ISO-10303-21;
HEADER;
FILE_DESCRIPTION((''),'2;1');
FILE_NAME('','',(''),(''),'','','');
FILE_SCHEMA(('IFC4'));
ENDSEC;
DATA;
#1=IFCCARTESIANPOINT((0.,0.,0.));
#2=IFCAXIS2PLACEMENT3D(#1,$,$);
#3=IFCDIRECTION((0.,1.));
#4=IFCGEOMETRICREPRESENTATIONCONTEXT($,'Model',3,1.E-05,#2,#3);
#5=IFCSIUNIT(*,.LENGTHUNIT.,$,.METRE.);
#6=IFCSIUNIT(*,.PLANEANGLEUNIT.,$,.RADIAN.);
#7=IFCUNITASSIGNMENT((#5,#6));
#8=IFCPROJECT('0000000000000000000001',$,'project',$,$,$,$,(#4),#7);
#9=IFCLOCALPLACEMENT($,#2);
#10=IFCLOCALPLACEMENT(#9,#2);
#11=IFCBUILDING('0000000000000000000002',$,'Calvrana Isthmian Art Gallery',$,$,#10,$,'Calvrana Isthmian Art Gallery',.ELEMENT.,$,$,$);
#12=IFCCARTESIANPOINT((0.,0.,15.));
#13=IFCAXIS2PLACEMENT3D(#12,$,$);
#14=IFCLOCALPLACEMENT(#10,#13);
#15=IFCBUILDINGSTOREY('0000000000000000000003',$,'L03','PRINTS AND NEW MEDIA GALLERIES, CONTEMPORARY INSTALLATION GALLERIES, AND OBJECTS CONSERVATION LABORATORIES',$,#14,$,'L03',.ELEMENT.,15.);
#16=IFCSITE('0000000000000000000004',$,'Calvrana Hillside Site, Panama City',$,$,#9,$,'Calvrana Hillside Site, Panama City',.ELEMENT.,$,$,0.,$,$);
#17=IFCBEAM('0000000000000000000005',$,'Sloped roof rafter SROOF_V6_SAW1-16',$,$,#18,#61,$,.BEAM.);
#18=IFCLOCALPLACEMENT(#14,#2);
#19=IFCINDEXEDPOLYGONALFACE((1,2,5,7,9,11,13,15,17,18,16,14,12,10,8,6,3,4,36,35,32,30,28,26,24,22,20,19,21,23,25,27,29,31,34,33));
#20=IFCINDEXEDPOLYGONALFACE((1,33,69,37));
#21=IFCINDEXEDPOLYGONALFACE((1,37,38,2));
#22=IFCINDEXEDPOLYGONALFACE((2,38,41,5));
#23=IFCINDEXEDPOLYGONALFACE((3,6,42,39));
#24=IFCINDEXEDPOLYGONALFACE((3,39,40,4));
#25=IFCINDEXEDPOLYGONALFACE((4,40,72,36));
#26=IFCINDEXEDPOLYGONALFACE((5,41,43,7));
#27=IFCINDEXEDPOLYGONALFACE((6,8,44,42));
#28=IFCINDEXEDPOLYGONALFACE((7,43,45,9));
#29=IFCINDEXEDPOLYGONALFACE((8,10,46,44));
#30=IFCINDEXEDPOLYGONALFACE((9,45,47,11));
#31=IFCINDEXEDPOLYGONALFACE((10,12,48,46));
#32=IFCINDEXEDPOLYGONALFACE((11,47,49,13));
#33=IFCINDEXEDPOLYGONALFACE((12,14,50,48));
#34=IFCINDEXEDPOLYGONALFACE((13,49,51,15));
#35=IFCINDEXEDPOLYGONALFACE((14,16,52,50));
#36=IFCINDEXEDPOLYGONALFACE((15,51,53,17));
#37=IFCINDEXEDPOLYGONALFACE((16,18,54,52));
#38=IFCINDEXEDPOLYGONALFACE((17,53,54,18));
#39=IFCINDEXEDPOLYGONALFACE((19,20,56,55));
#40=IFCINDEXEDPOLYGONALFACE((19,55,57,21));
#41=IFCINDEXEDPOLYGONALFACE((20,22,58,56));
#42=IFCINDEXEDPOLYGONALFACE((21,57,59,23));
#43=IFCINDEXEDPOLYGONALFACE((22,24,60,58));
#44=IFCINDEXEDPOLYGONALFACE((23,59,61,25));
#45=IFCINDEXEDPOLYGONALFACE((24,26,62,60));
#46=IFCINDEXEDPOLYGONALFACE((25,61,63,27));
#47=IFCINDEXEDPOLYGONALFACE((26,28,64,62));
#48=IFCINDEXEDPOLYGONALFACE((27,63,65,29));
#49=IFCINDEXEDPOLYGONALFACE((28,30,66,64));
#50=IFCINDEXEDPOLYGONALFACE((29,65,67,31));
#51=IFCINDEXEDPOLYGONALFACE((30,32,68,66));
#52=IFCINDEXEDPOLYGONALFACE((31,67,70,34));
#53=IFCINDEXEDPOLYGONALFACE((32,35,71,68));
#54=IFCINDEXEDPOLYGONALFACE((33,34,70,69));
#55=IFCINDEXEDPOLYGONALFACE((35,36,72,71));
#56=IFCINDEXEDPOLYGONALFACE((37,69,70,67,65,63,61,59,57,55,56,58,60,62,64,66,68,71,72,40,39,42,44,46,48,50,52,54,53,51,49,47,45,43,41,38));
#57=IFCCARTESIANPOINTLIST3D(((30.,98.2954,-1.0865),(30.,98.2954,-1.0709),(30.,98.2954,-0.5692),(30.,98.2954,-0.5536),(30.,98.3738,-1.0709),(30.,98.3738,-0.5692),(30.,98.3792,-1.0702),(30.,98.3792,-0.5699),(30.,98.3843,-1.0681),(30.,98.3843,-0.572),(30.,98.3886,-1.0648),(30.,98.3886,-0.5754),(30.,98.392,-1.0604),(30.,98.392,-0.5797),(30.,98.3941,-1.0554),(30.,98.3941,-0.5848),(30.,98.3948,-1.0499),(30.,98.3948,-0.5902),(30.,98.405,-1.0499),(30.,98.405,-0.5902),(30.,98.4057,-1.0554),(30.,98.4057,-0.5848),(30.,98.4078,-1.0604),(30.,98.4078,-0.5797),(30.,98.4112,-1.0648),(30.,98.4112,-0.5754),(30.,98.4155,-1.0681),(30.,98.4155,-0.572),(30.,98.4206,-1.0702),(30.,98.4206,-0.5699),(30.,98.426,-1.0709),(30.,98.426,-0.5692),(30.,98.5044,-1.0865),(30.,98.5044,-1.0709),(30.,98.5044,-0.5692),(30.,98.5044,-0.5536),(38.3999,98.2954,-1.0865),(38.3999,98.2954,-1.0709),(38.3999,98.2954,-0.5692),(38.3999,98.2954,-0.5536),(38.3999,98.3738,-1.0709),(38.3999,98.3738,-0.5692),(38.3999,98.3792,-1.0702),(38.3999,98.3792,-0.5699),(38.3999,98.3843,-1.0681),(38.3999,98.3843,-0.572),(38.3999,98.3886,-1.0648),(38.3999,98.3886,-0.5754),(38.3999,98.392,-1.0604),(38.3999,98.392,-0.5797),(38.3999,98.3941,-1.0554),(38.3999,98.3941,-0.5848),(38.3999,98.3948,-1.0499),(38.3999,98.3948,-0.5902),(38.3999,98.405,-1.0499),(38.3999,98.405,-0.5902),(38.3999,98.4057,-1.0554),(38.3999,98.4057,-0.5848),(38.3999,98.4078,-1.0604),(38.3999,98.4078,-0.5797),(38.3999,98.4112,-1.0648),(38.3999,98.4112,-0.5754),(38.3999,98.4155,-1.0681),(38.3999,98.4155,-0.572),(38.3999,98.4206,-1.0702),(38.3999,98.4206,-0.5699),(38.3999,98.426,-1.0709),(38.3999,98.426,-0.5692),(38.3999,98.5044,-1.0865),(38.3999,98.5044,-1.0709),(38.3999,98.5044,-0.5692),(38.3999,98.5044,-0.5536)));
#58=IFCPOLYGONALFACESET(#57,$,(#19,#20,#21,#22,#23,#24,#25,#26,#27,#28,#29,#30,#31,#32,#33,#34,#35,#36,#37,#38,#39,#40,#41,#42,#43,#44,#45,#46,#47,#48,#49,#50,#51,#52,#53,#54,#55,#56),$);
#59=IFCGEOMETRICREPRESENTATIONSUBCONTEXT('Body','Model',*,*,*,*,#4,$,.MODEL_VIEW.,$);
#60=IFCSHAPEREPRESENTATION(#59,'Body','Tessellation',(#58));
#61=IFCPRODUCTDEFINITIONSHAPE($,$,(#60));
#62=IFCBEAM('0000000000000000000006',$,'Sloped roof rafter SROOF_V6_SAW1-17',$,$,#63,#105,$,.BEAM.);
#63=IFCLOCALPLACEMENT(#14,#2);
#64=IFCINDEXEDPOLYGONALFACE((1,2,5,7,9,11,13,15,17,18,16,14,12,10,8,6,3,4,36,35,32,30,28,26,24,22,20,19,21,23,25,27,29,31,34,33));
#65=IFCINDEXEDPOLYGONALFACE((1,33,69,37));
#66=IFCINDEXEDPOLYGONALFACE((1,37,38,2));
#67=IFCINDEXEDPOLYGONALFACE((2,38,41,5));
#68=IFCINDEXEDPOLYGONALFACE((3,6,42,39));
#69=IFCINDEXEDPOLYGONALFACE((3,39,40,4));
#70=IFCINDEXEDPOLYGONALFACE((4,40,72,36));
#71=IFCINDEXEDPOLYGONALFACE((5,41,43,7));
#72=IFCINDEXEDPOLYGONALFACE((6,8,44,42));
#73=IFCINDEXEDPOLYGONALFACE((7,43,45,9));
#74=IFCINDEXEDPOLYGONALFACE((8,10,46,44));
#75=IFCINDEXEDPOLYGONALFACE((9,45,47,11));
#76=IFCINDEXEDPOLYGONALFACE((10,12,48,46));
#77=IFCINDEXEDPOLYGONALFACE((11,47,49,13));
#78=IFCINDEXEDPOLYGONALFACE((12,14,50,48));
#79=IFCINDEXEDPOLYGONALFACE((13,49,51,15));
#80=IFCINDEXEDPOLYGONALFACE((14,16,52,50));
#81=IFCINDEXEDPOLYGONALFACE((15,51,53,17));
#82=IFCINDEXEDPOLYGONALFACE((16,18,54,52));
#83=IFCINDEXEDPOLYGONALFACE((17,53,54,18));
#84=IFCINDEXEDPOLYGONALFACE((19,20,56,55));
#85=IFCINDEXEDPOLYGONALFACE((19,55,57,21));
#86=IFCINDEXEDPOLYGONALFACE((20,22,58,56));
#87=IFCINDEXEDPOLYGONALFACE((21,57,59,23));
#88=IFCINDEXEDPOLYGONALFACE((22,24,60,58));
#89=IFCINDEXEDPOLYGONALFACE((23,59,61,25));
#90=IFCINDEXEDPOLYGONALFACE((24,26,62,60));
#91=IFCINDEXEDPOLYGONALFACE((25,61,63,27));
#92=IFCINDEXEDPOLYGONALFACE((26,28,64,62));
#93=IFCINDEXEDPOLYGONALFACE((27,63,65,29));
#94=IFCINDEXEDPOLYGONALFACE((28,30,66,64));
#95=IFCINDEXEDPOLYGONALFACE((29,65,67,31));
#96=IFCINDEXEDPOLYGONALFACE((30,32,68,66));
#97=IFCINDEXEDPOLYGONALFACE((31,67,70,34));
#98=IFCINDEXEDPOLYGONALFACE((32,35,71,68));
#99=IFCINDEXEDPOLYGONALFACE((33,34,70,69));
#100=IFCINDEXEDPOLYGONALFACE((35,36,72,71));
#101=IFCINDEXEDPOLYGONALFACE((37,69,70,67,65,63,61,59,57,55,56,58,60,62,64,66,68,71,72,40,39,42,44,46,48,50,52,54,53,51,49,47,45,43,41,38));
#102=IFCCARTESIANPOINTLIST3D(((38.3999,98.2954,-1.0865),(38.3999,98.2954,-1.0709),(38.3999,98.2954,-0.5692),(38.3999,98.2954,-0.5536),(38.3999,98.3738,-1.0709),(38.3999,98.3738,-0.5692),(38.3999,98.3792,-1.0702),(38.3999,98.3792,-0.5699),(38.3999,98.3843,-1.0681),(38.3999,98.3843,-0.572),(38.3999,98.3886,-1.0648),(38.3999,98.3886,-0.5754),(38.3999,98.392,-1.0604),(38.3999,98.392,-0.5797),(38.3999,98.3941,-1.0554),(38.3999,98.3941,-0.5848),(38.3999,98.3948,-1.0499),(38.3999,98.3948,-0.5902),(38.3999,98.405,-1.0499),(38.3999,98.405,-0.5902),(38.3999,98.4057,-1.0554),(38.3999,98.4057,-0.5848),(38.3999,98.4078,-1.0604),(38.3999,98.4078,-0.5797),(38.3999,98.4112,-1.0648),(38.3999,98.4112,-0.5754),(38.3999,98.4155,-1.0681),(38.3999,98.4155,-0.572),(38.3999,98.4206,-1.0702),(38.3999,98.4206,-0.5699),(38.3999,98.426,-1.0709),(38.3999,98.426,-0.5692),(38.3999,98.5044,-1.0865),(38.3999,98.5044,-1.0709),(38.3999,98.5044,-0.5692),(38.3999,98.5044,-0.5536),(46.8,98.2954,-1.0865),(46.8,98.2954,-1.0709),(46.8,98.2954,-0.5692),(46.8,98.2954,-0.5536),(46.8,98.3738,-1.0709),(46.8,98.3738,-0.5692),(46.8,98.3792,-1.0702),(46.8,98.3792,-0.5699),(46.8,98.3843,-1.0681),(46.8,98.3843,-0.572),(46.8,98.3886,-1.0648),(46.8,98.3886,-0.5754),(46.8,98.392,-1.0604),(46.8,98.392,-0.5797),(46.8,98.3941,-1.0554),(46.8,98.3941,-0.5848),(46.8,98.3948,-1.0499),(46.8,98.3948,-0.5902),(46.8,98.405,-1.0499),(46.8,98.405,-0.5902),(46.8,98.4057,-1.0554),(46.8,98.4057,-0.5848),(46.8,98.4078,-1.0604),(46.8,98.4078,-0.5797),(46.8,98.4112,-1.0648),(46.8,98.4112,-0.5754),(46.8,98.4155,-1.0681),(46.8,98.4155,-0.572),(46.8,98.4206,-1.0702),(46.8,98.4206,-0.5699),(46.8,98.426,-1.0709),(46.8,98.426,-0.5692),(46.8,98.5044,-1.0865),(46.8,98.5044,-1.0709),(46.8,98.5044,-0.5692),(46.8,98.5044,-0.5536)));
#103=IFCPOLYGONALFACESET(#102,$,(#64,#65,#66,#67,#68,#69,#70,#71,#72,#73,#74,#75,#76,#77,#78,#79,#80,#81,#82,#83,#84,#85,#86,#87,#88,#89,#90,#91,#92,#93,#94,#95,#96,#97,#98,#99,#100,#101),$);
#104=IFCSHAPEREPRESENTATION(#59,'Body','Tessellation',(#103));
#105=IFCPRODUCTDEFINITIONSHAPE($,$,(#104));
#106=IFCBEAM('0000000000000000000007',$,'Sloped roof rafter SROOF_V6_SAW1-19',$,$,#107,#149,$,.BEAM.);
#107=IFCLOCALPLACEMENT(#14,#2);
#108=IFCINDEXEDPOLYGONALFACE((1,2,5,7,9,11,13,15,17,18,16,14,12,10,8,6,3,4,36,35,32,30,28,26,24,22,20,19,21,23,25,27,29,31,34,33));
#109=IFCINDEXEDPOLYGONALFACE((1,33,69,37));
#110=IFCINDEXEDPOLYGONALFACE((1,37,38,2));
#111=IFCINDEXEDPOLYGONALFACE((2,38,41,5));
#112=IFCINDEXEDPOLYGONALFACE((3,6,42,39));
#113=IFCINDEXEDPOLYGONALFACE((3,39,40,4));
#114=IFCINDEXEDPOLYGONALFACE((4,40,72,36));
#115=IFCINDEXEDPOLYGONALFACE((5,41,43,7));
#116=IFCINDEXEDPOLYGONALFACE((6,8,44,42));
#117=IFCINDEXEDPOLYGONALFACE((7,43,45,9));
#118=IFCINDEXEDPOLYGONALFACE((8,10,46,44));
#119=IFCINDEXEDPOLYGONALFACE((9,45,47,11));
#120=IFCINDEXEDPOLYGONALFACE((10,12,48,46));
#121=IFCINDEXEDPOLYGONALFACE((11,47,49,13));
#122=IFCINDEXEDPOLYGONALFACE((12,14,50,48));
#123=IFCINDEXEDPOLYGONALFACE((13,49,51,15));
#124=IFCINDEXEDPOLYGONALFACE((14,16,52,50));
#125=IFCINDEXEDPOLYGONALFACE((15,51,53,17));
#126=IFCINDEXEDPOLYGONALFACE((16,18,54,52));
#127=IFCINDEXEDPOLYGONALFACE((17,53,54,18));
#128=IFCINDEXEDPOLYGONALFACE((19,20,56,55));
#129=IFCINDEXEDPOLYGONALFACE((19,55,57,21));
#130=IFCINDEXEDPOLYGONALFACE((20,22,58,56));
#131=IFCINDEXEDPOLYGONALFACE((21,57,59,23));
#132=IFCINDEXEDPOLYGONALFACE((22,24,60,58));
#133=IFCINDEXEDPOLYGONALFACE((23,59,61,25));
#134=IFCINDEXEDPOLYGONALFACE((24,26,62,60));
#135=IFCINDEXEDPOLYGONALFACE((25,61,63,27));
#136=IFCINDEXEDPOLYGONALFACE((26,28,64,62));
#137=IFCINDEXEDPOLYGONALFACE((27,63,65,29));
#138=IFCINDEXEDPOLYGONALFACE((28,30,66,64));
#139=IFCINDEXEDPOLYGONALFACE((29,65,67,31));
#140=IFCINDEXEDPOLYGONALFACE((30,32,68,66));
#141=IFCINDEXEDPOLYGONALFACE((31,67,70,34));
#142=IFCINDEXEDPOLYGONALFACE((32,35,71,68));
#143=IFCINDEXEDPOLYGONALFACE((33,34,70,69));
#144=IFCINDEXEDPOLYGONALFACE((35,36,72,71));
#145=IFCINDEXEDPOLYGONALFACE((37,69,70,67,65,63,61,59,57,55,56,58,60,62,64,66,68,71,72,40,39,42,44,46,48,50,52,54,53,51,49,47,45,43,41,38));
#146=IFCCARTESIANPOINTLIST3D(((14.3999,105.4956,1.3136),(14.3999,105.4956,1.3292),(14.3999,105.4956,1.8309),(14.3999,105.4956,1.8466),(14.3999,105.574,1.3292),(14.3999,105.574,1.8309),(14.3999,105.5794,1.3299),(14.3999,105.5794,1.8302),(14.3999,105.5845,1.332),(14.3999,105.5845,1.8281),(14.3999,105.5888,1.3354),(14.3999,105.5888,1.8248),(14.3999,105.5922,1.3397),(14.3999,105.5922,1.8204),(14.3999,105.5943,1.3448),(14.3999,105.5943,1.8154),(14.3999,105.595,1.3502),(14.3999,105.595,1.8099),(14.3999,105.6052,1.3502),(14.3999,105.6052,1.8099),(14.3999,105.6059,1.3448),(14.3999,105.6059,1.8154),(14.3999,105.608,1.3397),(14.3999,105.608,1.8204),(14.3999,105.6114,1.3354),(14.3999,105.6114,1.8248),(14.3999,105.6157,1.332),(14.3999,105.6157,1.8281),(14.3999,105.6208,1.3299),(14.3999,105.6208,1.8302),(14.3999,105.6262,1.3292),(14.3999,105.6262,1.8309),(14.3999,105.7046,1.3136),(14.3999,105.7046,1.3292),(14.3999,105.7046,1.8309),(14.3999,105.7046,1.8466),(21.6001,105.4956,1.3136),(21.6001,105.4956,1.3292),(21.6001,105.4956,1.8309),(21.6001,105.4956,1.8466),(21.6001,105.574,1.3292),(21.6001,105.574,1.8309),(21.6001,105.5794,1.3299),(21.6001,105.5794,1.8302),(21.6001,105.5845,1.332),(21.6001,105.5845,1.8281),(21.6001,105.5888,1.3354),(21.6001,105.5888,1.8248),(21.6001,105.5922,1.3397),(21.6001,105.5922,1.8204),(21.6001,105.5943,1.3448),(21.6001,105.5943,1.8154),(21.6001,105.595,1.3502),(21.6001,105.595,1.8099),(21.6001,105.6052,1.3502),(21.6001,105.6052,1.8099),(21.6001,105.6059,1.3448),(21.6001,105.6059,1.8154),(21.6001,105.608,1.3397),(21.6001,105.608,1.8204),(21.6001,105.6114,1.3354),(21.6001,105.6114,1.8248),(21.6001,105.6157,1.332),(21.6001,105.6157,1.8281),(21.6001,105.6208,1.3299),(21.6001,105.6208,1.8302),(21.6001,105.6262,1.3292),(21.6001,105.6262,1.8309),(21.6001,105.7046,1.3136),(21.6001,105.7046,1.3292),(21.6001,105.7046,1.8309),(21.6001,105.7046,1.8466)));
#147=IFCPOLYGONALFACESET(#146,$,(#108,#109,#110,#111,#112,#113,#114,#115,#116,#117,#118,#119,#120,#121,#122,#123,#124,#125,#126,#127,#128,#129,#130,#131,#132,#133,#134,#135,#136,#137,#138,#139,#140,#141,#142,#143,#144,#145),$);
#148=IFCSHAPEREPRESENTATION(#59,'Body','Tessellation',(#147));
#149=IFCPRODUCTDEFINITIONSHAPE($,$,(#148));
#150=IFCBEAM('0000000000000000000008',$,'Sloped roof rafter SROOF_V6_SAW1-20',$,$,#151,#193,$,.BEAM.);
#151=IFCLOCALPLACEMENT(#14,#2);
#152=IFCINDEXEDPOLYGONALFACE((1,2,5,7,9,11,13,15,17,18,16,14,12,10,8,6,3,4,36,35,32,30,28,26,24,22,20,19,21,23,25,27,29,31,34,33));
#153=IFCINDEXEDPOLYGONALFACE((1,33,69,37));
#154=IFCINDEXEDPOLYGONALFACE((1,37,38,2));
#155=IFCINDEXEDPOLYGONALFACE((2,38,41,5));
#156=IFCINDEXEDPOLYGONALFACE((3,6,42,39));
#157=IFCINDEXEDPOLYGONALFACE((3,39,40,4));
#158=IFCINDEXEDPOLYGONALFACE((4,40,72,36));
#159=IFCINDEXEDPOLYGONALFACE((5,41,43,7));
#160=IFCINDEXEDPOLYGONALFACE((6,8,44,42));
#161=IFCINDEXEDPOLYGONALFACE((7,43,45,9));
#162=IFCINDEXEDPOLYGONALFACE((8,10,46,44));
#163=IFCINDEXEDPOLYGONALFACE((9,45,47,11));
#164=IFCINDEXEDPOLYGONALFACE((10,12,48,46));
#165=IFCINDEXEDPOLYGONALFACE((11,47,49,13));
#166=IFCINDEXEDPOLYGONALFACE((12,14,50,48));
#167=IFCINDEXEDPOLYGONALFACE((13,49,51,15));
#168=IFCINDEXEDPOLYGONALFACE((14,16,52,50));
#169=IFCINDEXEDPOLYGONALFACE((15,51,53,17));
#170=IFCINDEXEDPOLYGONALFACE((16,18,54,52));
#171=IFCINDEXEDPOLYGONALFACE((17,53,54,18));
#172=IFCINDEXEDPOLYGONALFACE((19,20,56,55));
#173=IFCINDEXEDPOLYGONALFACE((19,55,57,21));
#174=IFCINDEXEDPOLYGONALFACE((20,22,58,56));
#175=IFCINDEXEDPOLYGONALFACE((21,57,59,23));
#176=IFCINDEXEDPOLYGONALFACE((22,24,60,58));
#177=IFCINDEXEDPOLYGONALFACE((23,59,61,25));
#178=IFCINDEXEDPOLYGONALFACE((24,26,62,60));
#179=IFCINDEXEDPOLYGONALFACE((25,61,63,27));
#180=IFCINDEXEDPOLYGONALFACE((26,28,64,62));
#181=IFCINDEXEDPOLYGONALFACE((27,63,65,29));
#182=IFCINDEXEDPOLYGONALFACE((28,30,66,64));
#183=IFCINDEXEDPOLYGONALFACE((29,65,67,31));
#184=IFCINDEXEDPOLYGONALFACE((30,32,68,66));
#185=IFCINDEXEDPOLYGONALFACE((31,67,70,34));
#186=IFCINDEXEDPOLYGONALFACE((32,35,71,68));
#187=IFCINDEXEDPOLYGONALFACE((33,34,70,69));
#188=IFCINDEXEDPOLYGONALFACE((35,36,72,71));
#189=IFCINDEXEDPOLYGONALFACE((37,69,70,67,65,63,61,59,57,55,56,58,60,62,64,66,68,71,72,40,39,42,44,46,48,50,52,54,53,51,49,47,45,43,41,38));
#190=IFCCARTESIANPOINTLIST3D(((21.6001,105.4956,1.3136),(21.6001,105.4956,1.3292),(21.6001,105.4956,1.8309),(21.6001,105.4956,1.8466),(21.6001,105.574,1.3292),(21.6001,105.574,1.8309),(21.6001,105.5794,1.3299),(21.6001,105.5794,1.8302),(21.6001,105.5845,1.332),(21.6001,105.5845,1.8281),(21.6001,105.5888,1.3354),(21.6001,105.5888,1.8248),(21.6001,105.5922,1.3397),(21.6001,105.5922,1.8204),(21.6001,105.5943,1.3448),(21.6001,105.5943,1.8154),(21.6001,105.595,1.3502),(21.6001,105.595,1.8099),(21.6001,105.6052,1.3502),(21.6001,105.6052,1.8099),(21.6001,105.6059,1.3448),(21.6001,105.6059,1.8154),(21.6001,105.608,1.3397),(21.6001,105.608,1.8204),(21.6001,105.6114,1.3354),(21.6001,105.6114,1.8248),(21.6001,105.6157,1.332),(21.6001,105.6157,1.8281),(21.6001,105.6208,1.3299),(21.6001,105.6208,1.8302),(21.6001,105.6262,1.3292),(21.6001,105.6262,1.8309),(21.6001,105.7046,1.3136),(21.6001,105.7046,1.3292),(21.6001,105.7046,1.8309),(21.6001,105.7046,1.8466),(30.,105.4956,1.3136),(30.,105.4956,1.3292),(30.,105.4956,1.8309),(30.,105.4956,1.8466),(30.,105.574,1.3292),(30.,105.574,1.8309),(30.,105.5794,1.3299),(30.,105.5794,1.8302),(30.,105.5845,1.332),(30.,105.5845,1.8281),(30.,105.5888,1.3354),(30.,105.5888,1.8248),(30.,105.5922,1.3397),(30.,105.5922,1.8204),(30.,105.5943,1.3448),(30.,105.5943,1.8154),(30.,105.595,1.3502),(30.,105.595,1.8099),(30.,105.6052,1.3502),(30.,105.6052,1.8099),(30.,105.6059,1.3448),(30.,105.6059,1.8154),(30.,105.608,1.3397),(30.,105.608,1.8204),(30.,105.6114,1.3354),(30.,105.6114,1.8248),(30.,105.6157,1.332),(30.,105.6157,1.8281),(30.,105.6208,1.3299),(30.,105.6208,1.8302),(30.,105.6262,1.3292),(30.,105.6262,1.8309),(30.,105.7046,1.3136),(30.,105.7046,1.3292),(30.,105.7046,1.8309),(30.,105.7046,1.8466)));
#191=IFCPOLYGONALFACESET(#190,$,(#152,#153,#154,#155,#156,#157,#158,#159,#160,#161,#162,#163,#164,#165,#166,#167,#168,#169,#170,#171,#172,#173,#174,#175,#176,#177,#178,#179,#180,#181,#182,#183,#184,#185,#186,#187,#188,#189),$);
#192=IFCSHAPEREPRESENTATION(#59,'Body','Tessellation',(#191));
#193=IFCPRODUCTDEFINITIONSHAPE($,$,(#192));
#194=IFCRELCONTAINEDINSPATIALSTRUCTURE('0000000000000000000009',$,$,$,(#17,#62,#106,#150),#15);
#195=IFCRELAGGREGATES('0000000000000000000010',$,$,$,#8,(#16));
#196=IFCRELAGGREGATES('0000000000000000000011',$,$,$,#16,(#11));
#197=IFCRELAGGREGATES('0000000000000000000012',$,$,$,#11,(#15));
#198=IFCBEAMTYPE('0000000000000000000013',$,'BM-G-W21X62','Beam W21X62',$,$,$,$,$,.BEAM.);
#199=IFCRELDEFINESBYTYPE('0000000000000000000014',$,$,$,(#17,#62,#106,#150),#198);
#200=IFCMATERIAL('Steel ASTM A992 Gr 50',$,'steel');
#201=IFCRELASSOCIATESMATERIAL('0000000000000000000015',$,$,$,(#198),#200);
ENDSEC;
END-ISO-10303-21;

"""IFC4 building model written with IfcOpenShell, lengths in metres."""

from ifc_helpers import new_model, si_unit, direction, frame, origin, origin_2d, place, context, subcontext, project, spatial, i_section, extrude, material, material_profile, profile_set, type_object, element, save


model = new_model("IFC4")

# Units and contexts
model_context = context("Model", 3, precision=1e-05, world=origin(), true_north=direction((0.0, 1.0)))
body_context = subcontext(model_context, "Body", "Model", "MODEL_VIEW")
ifc_project = project(units=[si_unit("LENGTHUNIT", "METRE"), si_unit("PLANEANGLEUNIT", "RADIAN")], contexts=[model_context])

# Site, building, storey
site_placement = place(None, origin())
site = spatial("IfcSite", under=ifc_project, at=site_placement, Name="Calvrana Hillside Site, Panama City", LongName="Calvrana Hillside Site, Panama City", CompositionType="ELEMENT", RefElevation=0.0)
building_placement = place(site_placement, origin())
building = spatial("IfcBuilding", under=site, at=building_placement, Name="Calvrana Isthmian Art Gallery", LongName="Calvrana Isthmian Art Gallery", CompositionType="ELEMENT")
storey_placement = place(building_placement, frame((0.0, 0.0, 15.0)))
storey = spatial("IfcBuildingStorey", under=building, at=storey_placement, Name="L03", Description="PRINTS AND NEW MEDIA GALLERIES, CONTEMPORARY INSTALLATION GALLERIES, AND OBJECTS CONSERVATION LABORATORIES", LongName="L03", CompositionType="ELEMENT", Elevation=15.0)

# Beams
ifc_material_1 = material(Name="Steel ASTM A992 Gr 50", Category="steel")
ifc_material_profile_1 = material_profile(ifc_material_1, i_section(OverallWidth=0.209, OverallDepth=0.533, WebThickness=0.0103, FlangeThickness=0.0156, FilletRadius=0.021, at=origin_2d()), Name="W21X62")
ifc_profile_set_1 = profile_set([ifc_material_profile_1], Name="Steel ASTM A992 Gr 50")
beam_type = type_object("IfcBeamType", Name="BM-G-W21X62", Description="Beam W21X62", PredefinedType="BEAM", material=ifc_profile_set_1)
for number, where, z_axis, x_axis, name in (
    (1, (30.0, 98.3999, -0.8201), (1.0, 0.0, 0.0), (0.0, 1.0, 0.0), "Sloped roof rafter SROOF_V6_SAW1-16"),
):
    element("IfcBeam", number, at=place(storey_placement, frame(where, z_axis=z_axis, x_axis=x_axis)), inside=storey, type_object=beam_type, Name=name, PredefinedType="BEAM", context=body_context, shape_type="SweptSolid", body=[
        extrude(i_section(OverallWidth=0.209, OverallDepth=0.533, WebThickness=0.0103, FlangeThickness=0.0156, FilletRadius=0.021, at=origin_2d()), origin(), (0.0, 0.0, 1.0), 8.3999),
    ])
beam_1_placement = place(storey_placement, frame((38.3999, 98.3999, -0.8201), z_axis=(1.0, 0.0, 0.0), x_axis=(0.0, 1.0, 0.0)))
element("IfcBeam", 2, at=beam_1_placement, inside=storey, type_object=beam_type, Name="Sloped roof rafter SROOF_V6_SAW1-17", PredefinedType="BEAM", context=body_context, shape_type="SweptSolid", body=[
    extrude(i_section(OverallWidth=0.209, OverallDepth=0.533, WebThickness=0.0103, FlangeThickness=0.0156, FilletRadius=0.021, at=origin_2d()), origin(), (0.0, 0.0, 1.0), 8.4001),
])
beam_2_placement = place(storey_placement, frame((14.3999, 105.6001, 1.5801), z_axis=(1.0, 0.0, 0.0), x_axis=(0.0, 1.0, 0.0)))
element("IfcBeam", 3, at=beam_2_placement, inside=storey, type_object=beam_type, Name="Sloped roof rafter SROOF_V6_SAW1-19", PredefinedType="BEAM", context=body_context, shape_type="SweptSolid", body=[
    extrude(i_section(OverallWidth=0.209, OverallDepth=0.533, WebThickness=0.0103, FlangeThickness=0.0156, FilletRadius=0.021, at=origin_2d()), origin(), (0.0, 0.0, 1.0), 7.2002),
])
for number, where, z_axis, x_axis, name in (
    (4, (21.6001, 105.6001, 1.5801), (1.0, 0.0, 0.0), (0.0, 1.0, 0.0), "Sloped roof rafter SROOF_V6_SAW1-20"),
):
    element("IfcBeam", number, at=place(storey_placement, frame(where, z_axis=z_axis, x_axis=x_axis)), inside=storey, type_object=beam_type, Name=name, PredefinedType="BEAM", context=body_context, shape_type="SweptSolid", body=[
        extrude(i_section(OverallWidth=0.209, OverallDepth=0.533, WebThickness=0.0103, FlangeThickness=0.0156, FilletRadius=0.021, at=origin_2d()), origin(), (0.0, 0.0, 1.0), 8.3999),
    ])

save(model, "model.ifc")
